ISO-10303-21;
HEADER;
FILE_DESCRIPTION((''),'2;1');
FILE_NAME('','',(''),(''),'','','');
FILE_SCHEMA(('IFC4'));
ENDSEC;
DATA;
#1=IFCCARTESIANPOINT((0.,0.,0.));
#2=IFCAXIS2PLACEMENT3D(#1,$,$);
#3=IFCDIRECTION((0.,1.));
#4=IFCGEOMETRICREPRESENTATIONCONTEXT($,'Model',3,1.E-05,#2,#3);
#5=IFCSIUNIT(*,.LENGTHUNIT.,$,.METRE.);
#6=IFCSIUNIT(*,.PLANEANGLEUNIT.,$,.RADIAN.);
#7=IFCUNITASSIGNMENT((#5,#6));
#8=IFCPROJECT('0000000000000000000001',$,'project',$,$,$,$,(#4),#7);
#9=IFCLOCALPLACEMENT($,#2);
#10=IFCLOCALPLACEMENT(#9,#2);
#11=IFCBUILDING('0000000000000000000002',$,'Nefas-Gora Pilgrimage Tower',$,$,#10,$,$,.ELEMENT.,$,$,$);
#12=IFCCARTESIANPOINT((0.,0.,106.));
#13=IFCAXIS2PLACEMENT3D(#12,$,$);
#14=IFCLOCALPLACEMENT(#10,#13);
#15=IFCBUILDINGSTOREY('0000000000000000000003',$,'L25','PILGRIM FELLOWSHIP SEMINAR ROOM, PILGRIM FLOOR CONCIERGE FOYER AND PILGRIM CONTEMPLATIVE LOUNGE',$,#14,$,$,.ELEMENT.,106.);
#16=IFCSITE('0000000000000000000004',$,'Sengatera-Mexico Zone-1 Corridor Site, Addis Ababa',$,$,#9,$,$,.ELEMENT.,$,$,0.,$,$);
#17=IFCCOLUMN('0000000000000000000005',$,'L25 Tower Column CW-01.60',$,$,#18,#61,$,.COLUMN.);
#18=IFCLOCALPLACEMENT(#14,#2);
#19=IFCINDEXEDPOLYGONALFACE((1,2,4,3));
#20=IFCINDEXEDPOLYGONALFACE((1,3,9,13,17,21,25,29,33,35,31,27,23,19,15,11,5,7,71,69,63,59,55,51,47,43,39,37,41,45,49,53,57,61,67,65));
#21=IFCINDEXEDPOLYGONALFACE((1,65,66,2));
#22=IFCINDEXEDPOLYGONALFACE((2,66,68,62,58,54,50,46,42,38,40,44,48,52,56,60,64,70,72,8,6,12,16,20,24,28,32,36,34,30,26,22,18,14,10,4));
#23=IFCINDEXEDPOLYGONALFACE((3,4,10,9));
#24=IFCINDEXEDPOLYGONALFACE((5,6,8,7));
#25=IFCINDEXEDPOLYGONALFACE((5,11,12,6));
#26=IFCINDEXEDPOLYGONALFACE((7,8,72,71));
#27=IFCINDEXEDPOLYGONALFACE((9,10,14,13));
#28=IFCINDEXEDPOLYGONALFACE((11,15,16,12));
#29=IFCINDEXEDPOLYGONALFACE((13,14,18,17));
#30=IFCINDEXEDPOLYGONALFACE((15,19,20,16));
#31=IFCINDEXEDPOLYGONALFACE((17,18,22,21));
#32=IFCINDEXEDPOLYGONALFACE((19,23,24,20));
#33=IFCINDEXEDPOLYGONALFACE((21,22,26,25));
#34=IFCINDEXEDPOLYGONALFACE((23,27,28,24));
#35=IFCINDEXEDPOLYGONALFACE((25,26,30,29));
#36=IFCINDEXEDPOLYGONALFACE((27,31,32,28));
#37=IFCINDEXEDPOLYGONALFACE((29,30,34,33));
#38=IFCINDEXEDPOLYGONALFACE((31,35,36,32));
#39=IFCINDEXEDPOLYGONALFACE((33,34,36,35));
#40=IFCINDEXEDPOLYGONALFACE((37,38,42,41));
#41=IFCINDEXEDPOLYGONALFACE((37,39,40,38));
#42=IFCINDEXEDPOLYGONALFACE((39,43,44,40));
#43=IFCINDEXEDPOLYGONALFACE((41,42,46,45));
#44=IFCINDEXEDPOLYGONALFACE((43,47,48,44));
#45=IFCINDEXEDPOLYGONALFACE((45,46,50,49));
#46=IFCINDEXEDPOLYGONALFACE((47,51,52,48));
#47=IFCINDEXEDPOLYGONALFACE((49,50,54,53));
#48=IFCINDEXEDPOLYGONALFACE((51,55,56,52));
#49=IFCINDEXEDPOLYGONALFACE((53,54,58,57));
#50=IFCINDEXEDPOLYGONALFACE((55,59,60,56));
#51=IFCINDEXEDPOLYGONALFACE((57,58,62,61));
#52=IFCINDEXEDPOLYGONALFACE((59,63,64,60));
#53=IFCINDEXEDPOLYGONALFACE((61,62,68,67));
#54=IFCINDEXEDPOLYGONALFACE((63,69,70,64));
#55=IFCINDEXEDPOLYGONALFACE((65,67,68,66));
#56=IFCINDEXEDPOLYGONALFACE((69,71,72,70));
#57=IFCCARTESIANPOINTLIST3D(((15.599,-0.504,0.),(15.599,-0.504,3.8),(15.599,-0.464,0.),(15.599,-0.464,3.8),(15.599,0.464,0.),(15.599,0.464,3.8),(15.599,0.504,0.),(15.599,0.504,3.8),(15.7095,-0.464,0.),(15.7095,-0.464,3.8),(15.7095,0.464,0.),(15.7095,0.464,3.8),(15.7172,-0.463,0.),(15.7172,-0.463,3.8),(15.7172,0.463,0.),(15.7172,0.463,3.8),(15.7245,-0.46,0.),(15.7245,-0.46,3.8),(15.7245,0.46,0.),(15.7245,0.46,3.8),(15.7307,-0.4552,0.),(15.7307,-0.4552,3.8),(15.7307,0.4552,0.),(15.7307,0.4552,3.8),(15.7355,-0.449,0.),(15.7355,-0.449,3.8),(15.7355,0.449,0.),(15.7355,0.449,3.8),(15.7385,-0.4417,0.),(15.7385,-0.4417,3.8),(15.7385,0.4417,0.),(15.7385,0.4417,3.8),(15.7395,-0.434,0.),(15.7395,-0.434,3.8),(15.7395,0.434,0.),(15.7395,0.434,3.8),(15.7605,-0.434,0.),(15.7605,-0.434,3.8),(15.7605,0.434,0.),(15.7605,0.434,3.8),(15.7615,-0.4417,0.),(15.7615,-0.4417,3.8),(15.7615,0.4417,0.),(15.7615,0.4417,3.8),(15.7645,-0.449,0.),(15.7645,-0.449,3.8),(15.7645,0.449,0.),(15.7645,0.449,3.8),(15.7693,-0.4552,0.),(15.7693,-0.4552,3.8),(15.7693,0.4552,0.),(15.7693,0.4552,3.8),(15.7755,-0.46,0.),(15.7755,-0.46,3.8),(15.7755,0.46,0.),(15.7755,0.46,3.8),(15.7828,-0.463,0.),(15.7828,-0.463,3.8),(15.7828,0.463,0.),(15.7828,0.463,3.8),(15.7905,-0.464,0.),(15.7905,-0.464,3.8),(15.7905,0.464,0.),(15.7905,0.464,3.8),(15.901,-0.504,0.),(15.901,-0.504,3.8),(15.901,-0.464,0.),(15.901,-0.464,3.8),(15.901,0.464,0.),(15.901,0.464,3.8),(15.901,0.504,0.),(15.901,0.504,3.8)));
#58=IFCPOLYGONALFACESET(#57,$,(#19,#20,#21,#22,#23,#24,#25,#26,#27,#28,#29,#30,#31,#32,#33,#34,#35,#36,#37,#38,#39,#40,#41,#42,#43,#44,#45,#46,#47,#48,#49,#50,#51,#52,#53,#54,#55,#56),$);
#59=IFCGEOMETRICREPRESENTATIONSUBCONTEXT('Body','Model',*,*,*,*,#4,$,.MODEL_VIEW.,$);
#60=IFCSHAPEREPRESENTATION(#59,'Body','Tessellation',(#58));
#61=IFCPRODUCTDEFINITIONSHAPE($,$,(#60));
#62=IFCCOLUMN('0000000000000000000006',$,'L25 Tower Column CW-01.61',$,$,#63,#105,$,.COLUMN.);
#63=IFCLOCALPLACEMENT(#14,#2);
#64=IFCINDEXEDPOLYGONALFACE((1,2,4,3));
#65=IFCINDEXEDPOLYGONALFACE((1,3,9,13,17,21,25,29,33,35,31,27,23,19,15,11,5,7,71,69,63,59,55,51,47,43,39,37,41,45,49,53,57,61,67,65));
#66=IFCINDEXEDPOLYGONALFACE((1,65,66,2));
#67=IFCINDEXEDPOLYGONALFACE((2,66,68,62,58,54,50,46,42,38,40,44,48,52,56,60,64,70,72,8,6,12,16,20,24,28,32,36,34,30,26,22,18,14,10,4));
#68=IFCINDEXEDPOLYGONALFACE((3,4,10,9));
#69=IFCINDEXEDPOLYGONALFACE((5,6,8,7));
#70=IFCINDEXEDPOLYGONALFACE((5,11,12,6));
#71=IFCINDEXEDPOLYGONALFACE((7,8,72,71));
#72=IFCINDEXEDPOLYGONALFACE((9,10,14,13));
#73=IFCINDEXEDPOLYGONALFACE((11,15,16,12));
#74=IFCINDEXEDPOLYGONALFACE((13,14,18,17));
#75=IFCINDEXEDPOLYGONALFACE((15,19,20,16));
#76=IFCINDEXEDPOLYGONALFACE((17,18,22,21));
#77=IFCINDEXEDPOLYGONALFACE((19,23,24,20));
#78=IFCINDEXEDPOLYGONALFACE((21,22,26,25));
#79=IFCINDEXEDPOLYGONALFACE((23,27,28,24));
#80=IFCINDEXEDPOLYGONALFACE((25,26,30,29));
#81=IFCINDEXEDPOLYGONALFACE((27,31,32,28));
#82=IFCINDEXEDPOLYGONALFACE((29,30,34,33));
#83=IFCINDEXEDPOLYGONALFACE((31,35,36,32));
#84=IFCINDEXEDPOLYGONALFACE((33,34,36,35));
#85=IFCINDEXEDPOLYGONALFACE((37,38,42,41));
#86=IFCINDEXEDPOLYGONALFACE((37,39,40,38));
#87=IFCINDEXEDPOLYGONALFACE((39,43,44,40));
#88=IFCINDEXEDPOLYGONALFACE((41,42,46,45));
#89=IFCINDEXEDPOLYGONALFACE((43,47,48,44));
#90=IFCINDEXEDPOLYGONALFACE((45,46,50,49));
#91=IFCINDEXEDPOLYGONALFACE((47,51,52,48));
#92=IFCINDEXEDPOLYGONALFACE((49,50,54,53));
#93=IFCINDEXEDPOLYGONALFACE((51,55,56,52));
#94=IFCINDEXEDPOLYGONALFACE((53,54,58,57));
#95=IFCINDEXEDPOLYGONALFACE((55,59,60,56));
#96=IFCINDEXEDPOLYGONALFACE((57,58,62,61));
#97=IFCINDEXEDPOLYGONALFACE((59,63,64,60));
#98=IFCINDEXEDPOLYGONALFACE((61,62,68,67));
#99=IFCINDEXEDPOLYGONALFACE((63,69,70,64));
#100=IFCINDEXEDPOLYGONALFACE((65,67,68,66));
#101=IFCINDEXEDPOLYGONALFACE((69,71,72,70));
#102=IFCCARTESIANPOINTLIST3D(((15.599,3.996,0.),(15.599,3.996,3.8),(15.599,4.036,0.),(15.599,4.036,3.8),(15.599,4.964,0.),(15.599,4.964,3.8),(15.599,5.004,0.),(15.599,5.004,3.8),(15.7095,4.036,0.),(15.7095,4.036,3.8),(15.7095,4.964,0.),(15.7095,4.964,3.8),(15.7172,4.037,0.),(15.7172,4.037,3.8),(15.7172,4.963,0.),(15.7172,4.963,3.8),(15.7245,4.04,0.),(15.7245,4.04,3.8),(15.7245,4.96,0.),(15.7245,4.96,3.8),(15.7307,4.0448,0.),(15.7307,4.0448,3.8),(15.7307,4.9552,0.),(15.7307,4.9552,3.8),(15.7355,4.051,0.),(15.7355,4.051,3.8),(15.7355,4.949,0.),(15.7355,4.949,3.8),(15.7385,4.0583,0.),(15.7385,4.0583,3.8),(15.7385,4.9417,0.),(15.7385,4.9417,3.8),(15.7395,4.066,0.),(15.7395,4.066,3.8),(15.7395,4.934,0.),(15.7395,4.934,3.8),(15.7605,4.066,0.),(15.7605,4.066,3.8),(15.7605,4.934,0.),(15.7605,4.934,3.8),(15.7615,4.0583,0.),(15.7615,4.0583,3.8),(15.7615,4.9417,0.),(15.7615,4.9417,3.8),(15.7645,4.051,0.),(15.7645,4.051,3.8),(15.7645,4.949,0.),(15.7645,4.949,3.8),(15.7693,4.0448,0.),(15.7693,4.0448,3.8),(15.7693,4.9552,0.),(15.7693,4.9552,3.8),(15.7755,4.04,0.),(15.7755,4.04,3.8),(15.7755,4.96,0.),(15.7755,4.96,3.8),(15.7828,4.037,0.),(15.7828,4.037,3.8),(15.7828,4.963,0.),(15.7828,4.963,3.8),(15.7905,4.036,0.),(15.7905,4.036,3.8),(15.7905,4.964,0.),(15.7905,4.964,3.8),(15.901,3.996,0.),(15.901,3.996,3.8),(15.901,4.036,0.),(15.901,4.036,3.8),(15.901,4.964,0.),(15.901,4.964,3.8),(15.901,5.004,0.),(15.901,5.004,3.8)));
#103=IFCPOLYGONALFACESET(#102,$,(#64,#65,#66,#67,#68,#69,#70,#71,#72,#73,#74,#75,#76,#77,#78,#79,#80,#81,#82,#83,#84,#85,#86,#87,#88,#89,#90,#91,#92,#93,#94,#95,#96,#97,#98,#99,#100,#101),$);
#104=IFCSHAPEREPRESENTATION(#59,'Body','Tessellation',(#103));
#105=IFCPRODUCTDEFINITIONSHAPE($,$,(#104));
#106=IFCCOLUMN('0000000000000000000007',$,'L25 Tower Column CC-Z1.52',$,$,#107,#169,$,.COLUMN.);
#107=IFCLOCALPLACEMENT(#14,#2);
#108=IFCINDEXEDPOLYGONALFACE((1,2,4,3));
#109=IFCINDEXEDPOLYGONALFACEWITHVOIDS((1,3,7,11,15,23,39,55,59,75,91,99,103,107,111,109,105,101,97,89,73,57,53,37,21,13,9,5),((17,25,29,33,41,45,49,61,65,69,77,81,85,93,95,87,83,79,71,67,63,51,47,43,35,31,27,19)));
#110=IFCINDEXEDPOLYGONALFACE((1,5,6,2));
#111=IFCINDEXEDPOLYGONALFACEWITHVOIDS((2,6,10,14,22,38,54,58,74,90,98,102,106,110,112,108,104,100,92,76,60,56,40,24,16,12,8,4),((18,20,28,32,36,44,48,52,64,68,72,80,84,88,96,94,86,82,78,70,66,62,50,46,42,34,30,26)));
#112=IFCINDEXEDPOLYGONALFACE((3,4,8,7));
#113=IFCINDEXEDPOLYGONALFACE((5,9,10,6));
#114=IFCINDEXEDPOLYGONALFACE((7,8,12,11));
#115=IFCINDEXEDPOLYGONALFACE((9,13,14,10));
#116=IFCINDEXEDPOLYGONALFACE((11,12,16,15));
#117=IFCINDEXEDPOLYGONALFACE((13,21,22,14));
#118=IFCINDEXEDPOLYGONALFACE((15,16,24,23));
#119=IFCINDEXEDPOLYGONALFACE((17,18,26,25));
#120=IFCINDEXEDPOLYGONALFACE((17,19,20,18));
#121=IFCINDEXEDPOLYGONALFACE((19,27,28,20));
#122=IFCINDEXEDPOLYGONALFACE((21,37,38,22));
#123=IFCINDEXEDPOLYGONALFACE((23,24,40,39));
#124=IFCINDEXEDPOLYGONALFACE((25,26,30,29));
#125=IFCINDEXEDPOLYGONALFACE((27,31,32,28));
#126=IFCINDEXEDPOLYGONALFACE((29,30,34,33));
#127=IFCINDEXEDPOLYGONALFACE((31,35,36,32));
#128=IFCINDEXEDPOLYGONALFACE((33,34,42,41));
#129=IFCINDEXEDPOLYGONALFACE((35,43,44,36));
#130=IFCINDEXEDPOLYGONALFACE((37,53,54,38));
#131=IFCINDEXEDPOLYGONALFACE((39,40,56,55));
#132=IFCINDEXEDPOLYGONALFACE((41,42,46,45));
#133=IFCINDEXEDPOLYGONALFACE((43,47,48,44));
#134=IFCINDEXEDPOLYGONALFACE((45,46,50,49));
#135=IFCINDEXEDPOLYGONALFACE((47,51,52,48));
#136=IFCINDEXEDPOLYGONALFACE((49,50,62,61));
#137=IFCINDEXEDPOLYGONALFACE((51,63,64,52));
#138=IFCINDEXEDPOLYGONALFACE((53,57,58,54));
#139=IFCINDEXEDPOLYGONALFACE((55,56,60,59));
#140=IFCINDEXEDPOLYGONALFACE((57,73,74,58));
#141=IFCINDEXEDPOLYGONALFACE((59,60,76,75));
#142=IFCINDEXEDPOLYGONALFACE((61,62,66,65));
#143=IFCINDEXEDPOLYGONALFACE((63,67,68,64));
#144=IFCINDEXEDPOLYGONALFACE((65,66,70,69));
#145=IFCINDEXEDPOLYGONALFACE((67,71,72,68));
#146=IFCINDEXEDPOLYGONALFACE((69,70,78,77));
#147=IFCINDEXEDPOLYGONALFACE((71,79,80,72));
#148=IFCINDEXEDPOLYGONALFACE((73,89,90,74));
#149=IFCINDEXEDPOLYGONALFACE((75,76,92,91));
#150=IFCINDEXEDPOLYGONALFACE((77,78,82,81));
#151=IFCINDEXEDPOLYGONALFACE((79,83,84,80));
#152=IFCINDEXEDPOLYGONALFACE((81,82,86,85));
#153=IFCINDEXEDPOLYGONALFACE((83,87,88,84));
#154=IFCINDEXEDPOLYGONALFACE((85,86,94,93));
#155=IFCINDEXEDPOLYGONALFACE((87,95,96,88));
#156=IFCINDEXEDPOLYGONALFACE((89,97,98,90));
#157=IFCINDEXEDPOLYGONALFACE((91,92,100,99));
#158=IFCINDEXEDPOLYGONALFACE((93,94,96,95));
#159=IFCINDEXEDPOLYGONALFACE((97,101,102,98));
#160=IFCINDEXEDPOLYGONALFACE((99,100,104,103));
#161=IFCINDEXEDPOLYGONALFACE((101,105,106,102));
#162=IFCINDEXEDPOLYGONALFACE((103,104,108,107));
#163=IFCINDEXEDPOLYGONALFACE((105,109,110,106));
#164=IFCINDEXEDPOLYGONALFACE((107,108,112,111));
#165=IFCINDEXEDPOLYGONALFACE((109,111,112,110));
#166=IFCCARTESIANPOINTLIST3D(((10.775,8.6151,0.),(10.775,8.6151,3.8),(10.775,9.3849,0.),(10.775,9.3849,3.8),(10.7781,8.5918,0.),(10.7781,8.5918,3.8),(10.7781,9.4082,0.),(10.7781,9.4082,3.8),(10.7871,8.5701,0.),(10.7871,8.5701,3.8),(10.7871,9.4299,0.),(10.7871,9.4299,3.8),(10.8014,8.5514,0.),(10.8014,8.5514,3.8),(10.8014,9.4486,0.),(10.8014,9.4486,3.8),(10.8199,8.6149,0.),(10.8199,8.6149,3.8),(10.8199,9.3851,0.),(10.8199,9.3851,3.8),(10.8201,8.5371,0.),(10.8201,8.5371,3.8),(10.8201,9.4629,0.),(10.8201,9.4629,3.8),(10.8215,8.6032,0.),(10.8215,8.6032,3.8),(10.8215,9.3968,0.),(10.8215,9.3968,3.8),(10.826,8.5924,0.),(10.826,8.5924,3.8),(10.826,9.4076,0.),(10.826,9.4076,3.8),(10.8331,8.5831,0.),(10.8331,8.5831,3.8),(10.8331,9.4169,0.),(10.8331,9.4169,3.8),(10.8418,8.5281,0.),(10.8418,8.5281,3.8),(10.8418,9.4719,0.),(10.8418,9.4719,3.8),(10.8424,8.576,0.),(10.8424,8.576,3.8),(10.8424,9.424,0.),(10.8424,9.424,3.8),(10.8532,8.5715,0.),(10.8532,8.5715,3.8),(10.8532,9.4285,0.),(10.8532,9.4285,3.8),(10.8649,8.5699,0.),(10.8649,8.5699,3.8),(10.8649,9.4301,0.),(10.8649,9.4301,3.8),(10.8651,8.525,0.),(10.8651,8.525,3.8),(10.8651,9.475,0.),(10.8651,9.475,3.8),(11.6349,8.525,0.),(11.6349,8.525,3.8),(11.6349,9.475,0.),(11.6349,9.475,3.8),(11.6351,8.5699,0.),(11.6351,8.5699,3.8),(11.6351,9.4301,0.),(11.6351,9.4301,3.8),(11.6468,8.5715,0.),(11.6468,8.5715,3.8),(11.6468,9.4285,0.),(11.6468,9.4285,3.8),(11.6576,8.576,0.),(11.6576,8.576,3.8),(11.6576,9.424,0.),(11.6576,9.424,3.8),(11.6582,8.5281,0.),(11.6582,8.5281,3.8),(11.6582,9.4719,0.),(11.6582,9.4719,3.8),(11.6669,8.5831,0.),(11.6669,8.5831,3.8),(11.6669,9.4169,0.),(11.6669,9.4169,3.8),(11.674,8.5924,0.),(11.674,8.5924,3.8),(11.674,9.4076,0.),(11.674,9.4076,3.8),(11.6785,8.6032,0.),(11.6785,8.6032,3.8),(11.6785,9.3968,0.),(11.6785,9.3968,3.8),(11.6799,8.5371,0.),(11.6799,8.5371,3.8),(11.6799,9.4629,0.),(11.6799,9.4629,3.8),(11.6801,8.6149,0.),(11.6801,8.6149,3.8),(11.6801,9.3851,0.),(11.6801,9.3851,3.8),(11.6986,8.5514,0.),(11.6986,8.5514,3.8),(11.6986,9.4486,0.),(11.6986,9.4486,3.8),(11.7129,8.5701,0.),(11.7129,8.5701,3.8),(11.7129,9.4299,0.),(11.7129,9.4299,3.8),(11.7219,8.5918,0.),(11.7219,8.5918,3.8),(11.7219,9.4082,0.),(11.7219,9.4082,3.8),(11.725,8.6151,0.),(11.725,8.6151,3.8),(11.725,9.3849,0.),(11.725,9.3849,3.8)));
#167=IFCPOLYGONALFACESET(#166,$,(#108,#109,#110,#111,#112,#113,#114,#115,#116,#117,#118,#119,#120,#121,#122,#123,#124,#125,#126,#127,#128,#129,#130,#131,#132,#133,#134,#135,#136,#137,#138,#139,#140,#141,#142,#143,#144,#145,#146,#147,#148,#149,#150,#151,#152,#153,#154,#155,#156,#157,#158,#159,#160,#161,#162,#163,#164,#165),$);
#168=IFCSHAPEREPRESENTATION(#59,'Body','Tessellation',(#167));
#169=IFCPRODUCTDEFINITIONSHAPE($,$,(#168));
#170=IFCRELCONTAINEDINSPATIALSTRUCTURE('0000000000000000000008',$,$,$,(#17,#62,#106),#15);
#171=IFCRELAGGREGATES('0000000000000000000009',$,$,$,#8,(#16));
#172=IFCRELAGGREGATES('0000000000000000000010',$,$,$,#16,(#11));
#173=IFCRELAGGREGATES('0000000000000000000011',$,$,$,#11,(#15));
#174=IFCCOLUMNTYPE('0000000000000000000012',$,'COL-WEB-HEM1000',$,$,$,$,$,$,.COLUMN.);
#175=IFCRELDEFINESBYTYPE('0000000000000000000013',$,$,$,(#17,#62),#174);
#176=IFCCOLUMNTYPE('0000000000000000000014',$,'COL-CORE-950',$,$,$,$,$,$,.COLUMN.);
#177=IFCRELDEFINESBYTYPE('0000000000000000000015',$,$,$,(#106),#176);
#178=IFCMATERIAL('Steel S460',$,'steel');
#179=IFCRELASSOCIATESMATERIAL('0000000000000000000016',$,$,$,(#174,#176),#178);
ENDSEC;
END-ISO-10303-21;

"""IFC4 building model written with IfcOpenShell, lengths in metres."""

from ifc_helpers import new_model, si_unit, direction, frame, origin, origin_2d, place, context, subcontext, project, spatial, hollow_rectangle, i_section, extrude, source, transform, mapped, material, material_profile, profile_set, type_object, element, save


model = new_model("IFC4")

# Units and contexts
model_context = context("Model", 3, precision=1e-05, world=origin(), true_north=direction((0.0, 1.0)))
body_context = subcontext(model_context, "Body", "Model", "MODEL_VIEW")
ifc_project = project(units=[si_unit("LENGTHUNIT", "METRE"), si_unit("PLANEANGLEUNIT", "RADIAN")], contexts=[model_context])

# Site, building, storey
site_placement = place(None, origin())
site = spatial("IfcSite", under=ifc_project, at=site_placement, Name="Sengatera-Mexico Zone-1 Corridor Site, Addis Ababa", CompositionType="ELEMENT", RefElevation=0.0)
building_placement = place(site_placement, origin())
building = spatial("IfcBuilding", under=site, at=building_placement, Name="Nefas-Gora Pilgrimage Tower", CompositionType="ELEMENT")
storey_placement = place(building_placement, frame((0.0, 0.0, 106.0)))
storey = spatial("IfcBuildingStorey", under=building, at=storey_placement, Name="L25", Description="PILGRIM FELLOWSHIP SEMINAR ROOM, PILGRIM FLOOR CONCIERGE FOYER AND PILGRIM CONTEMPLATIVE LOUNGE", CompositionType="ELEMENT", Elevation=106.0)

# Columns
ifc_material_1 = material(Name="Steel S460", Category="steel")
ifc_material_profile_1 = material_profile(ifc_material_1, i_section(OverallWidth=0.302, OverallDepth=1.0081, WebThickness=0.021, FlangeThickness=0.04, FilletRadius=0.03, at=origin_2d()), Name="HEM 1000")
ifc_profile_set_1 = profile_set([ifc_material_profile_1], Name="Steel S460")
column_type_1 = type_object("IfcColumnType", Name="COL-WEB-HEM1000", PredefinedType="COLUMN", material=ifc_profile_set_1)
shared_shape_1 = source(origin(), body_context, "Body", "SweptSolid", [
    extrude(i_section(OverallWidth=0.302, OverallDepth=1.0081, WebThickness=0.021, FlangeThickness=0.04, FilletRadius=0.03, at=origin_2d()), origin(), (0.0, 0.0, 1.0), 3.8),
])
for number, where, z_axis, x_axis, name in (
    (1, (15.75, 0.0, 0.0), (0.0, 0.0, 1.0), (1.0, 0.0, 0.0), "L25 Tower Column CW-01.60"),
    (2, (15.75, 4.5, 0.0), (0.0, 0.0, 1.0), (1.0, 0.0, 0.0), "L25 Tower Column CW-01.61"),
):
    element("IfcColumn", number, at=place(storey_placement, frame(where, z_axis=z_axis, x_axis=x_axis)), inside=storey, type_object=column_type_1, Name=name, PredefinedType="COLUMN", context=body_context, shape_type="MappedRepresentation", body=[
        mapped(shared_shape_1, transform((0.0, 0.0, 0.0), x_axis=(1.0, 0.0, 0.0), y_axis=(0.0, 1.0, 0.0), z_axis=(0.0, 0.0, 1.0), scale=1.0)),
    ])
ifc_material_profile_2 = material_profile(ifc_material_1, hollow_rectangle(XDim=0.95, YDim=0.95, WallThickness=0.0449, InnerFilletRadius=0.0449, OuterFilletRadius=0.0901, at=origin_2d()), Name="BOX 950x950x45")
ifc_profile_set_2 = profile_set([ifc_material_profile_2], Name="Steel S460")
column_type_2 = type_object("IfcColumnType", Name="COL-CORE-950", PredefinedType="COLUMN", material=ifc_profile_set_2)
shared_shape_2 = source(origin(), body_context, "Body", "SweptSolid", [
    extrude(hollow_rectangle(XDim=0.95, YDim=0.95, WallThickness=0.0449, InnerFilletRadius=0.0449, OuterFilletRadius=0.0901, at=origin_2d()), origin(), (0.0, 0.0, 1.0), 3.8),
])
column_placement = place(storey_placement, frame((11.25, 9.0, 0.0), z_axis=(0.0, 0.0, 1.0), x_axis=(1.0, 0.0, 0.0)))
element("IfcColumn", 3, at=column_placement, inside=storey, type_object=column_type_2, Name="L25 Tower Column CC-Z1.52", PredefinedType="COLUMN", context=body_context, shape_type="MappedRepresentation", body=[
    mapped(shared_shape_2, transform((0.0, 0.0, 0.0), x_axis=(1.0, 0.0, 0.0), y_axis=(0.0, 1.0, 0.0), z_axis=(0.0, 0.0, 1.0), scale=1.0)),
])

save(model, "model.ifc")
